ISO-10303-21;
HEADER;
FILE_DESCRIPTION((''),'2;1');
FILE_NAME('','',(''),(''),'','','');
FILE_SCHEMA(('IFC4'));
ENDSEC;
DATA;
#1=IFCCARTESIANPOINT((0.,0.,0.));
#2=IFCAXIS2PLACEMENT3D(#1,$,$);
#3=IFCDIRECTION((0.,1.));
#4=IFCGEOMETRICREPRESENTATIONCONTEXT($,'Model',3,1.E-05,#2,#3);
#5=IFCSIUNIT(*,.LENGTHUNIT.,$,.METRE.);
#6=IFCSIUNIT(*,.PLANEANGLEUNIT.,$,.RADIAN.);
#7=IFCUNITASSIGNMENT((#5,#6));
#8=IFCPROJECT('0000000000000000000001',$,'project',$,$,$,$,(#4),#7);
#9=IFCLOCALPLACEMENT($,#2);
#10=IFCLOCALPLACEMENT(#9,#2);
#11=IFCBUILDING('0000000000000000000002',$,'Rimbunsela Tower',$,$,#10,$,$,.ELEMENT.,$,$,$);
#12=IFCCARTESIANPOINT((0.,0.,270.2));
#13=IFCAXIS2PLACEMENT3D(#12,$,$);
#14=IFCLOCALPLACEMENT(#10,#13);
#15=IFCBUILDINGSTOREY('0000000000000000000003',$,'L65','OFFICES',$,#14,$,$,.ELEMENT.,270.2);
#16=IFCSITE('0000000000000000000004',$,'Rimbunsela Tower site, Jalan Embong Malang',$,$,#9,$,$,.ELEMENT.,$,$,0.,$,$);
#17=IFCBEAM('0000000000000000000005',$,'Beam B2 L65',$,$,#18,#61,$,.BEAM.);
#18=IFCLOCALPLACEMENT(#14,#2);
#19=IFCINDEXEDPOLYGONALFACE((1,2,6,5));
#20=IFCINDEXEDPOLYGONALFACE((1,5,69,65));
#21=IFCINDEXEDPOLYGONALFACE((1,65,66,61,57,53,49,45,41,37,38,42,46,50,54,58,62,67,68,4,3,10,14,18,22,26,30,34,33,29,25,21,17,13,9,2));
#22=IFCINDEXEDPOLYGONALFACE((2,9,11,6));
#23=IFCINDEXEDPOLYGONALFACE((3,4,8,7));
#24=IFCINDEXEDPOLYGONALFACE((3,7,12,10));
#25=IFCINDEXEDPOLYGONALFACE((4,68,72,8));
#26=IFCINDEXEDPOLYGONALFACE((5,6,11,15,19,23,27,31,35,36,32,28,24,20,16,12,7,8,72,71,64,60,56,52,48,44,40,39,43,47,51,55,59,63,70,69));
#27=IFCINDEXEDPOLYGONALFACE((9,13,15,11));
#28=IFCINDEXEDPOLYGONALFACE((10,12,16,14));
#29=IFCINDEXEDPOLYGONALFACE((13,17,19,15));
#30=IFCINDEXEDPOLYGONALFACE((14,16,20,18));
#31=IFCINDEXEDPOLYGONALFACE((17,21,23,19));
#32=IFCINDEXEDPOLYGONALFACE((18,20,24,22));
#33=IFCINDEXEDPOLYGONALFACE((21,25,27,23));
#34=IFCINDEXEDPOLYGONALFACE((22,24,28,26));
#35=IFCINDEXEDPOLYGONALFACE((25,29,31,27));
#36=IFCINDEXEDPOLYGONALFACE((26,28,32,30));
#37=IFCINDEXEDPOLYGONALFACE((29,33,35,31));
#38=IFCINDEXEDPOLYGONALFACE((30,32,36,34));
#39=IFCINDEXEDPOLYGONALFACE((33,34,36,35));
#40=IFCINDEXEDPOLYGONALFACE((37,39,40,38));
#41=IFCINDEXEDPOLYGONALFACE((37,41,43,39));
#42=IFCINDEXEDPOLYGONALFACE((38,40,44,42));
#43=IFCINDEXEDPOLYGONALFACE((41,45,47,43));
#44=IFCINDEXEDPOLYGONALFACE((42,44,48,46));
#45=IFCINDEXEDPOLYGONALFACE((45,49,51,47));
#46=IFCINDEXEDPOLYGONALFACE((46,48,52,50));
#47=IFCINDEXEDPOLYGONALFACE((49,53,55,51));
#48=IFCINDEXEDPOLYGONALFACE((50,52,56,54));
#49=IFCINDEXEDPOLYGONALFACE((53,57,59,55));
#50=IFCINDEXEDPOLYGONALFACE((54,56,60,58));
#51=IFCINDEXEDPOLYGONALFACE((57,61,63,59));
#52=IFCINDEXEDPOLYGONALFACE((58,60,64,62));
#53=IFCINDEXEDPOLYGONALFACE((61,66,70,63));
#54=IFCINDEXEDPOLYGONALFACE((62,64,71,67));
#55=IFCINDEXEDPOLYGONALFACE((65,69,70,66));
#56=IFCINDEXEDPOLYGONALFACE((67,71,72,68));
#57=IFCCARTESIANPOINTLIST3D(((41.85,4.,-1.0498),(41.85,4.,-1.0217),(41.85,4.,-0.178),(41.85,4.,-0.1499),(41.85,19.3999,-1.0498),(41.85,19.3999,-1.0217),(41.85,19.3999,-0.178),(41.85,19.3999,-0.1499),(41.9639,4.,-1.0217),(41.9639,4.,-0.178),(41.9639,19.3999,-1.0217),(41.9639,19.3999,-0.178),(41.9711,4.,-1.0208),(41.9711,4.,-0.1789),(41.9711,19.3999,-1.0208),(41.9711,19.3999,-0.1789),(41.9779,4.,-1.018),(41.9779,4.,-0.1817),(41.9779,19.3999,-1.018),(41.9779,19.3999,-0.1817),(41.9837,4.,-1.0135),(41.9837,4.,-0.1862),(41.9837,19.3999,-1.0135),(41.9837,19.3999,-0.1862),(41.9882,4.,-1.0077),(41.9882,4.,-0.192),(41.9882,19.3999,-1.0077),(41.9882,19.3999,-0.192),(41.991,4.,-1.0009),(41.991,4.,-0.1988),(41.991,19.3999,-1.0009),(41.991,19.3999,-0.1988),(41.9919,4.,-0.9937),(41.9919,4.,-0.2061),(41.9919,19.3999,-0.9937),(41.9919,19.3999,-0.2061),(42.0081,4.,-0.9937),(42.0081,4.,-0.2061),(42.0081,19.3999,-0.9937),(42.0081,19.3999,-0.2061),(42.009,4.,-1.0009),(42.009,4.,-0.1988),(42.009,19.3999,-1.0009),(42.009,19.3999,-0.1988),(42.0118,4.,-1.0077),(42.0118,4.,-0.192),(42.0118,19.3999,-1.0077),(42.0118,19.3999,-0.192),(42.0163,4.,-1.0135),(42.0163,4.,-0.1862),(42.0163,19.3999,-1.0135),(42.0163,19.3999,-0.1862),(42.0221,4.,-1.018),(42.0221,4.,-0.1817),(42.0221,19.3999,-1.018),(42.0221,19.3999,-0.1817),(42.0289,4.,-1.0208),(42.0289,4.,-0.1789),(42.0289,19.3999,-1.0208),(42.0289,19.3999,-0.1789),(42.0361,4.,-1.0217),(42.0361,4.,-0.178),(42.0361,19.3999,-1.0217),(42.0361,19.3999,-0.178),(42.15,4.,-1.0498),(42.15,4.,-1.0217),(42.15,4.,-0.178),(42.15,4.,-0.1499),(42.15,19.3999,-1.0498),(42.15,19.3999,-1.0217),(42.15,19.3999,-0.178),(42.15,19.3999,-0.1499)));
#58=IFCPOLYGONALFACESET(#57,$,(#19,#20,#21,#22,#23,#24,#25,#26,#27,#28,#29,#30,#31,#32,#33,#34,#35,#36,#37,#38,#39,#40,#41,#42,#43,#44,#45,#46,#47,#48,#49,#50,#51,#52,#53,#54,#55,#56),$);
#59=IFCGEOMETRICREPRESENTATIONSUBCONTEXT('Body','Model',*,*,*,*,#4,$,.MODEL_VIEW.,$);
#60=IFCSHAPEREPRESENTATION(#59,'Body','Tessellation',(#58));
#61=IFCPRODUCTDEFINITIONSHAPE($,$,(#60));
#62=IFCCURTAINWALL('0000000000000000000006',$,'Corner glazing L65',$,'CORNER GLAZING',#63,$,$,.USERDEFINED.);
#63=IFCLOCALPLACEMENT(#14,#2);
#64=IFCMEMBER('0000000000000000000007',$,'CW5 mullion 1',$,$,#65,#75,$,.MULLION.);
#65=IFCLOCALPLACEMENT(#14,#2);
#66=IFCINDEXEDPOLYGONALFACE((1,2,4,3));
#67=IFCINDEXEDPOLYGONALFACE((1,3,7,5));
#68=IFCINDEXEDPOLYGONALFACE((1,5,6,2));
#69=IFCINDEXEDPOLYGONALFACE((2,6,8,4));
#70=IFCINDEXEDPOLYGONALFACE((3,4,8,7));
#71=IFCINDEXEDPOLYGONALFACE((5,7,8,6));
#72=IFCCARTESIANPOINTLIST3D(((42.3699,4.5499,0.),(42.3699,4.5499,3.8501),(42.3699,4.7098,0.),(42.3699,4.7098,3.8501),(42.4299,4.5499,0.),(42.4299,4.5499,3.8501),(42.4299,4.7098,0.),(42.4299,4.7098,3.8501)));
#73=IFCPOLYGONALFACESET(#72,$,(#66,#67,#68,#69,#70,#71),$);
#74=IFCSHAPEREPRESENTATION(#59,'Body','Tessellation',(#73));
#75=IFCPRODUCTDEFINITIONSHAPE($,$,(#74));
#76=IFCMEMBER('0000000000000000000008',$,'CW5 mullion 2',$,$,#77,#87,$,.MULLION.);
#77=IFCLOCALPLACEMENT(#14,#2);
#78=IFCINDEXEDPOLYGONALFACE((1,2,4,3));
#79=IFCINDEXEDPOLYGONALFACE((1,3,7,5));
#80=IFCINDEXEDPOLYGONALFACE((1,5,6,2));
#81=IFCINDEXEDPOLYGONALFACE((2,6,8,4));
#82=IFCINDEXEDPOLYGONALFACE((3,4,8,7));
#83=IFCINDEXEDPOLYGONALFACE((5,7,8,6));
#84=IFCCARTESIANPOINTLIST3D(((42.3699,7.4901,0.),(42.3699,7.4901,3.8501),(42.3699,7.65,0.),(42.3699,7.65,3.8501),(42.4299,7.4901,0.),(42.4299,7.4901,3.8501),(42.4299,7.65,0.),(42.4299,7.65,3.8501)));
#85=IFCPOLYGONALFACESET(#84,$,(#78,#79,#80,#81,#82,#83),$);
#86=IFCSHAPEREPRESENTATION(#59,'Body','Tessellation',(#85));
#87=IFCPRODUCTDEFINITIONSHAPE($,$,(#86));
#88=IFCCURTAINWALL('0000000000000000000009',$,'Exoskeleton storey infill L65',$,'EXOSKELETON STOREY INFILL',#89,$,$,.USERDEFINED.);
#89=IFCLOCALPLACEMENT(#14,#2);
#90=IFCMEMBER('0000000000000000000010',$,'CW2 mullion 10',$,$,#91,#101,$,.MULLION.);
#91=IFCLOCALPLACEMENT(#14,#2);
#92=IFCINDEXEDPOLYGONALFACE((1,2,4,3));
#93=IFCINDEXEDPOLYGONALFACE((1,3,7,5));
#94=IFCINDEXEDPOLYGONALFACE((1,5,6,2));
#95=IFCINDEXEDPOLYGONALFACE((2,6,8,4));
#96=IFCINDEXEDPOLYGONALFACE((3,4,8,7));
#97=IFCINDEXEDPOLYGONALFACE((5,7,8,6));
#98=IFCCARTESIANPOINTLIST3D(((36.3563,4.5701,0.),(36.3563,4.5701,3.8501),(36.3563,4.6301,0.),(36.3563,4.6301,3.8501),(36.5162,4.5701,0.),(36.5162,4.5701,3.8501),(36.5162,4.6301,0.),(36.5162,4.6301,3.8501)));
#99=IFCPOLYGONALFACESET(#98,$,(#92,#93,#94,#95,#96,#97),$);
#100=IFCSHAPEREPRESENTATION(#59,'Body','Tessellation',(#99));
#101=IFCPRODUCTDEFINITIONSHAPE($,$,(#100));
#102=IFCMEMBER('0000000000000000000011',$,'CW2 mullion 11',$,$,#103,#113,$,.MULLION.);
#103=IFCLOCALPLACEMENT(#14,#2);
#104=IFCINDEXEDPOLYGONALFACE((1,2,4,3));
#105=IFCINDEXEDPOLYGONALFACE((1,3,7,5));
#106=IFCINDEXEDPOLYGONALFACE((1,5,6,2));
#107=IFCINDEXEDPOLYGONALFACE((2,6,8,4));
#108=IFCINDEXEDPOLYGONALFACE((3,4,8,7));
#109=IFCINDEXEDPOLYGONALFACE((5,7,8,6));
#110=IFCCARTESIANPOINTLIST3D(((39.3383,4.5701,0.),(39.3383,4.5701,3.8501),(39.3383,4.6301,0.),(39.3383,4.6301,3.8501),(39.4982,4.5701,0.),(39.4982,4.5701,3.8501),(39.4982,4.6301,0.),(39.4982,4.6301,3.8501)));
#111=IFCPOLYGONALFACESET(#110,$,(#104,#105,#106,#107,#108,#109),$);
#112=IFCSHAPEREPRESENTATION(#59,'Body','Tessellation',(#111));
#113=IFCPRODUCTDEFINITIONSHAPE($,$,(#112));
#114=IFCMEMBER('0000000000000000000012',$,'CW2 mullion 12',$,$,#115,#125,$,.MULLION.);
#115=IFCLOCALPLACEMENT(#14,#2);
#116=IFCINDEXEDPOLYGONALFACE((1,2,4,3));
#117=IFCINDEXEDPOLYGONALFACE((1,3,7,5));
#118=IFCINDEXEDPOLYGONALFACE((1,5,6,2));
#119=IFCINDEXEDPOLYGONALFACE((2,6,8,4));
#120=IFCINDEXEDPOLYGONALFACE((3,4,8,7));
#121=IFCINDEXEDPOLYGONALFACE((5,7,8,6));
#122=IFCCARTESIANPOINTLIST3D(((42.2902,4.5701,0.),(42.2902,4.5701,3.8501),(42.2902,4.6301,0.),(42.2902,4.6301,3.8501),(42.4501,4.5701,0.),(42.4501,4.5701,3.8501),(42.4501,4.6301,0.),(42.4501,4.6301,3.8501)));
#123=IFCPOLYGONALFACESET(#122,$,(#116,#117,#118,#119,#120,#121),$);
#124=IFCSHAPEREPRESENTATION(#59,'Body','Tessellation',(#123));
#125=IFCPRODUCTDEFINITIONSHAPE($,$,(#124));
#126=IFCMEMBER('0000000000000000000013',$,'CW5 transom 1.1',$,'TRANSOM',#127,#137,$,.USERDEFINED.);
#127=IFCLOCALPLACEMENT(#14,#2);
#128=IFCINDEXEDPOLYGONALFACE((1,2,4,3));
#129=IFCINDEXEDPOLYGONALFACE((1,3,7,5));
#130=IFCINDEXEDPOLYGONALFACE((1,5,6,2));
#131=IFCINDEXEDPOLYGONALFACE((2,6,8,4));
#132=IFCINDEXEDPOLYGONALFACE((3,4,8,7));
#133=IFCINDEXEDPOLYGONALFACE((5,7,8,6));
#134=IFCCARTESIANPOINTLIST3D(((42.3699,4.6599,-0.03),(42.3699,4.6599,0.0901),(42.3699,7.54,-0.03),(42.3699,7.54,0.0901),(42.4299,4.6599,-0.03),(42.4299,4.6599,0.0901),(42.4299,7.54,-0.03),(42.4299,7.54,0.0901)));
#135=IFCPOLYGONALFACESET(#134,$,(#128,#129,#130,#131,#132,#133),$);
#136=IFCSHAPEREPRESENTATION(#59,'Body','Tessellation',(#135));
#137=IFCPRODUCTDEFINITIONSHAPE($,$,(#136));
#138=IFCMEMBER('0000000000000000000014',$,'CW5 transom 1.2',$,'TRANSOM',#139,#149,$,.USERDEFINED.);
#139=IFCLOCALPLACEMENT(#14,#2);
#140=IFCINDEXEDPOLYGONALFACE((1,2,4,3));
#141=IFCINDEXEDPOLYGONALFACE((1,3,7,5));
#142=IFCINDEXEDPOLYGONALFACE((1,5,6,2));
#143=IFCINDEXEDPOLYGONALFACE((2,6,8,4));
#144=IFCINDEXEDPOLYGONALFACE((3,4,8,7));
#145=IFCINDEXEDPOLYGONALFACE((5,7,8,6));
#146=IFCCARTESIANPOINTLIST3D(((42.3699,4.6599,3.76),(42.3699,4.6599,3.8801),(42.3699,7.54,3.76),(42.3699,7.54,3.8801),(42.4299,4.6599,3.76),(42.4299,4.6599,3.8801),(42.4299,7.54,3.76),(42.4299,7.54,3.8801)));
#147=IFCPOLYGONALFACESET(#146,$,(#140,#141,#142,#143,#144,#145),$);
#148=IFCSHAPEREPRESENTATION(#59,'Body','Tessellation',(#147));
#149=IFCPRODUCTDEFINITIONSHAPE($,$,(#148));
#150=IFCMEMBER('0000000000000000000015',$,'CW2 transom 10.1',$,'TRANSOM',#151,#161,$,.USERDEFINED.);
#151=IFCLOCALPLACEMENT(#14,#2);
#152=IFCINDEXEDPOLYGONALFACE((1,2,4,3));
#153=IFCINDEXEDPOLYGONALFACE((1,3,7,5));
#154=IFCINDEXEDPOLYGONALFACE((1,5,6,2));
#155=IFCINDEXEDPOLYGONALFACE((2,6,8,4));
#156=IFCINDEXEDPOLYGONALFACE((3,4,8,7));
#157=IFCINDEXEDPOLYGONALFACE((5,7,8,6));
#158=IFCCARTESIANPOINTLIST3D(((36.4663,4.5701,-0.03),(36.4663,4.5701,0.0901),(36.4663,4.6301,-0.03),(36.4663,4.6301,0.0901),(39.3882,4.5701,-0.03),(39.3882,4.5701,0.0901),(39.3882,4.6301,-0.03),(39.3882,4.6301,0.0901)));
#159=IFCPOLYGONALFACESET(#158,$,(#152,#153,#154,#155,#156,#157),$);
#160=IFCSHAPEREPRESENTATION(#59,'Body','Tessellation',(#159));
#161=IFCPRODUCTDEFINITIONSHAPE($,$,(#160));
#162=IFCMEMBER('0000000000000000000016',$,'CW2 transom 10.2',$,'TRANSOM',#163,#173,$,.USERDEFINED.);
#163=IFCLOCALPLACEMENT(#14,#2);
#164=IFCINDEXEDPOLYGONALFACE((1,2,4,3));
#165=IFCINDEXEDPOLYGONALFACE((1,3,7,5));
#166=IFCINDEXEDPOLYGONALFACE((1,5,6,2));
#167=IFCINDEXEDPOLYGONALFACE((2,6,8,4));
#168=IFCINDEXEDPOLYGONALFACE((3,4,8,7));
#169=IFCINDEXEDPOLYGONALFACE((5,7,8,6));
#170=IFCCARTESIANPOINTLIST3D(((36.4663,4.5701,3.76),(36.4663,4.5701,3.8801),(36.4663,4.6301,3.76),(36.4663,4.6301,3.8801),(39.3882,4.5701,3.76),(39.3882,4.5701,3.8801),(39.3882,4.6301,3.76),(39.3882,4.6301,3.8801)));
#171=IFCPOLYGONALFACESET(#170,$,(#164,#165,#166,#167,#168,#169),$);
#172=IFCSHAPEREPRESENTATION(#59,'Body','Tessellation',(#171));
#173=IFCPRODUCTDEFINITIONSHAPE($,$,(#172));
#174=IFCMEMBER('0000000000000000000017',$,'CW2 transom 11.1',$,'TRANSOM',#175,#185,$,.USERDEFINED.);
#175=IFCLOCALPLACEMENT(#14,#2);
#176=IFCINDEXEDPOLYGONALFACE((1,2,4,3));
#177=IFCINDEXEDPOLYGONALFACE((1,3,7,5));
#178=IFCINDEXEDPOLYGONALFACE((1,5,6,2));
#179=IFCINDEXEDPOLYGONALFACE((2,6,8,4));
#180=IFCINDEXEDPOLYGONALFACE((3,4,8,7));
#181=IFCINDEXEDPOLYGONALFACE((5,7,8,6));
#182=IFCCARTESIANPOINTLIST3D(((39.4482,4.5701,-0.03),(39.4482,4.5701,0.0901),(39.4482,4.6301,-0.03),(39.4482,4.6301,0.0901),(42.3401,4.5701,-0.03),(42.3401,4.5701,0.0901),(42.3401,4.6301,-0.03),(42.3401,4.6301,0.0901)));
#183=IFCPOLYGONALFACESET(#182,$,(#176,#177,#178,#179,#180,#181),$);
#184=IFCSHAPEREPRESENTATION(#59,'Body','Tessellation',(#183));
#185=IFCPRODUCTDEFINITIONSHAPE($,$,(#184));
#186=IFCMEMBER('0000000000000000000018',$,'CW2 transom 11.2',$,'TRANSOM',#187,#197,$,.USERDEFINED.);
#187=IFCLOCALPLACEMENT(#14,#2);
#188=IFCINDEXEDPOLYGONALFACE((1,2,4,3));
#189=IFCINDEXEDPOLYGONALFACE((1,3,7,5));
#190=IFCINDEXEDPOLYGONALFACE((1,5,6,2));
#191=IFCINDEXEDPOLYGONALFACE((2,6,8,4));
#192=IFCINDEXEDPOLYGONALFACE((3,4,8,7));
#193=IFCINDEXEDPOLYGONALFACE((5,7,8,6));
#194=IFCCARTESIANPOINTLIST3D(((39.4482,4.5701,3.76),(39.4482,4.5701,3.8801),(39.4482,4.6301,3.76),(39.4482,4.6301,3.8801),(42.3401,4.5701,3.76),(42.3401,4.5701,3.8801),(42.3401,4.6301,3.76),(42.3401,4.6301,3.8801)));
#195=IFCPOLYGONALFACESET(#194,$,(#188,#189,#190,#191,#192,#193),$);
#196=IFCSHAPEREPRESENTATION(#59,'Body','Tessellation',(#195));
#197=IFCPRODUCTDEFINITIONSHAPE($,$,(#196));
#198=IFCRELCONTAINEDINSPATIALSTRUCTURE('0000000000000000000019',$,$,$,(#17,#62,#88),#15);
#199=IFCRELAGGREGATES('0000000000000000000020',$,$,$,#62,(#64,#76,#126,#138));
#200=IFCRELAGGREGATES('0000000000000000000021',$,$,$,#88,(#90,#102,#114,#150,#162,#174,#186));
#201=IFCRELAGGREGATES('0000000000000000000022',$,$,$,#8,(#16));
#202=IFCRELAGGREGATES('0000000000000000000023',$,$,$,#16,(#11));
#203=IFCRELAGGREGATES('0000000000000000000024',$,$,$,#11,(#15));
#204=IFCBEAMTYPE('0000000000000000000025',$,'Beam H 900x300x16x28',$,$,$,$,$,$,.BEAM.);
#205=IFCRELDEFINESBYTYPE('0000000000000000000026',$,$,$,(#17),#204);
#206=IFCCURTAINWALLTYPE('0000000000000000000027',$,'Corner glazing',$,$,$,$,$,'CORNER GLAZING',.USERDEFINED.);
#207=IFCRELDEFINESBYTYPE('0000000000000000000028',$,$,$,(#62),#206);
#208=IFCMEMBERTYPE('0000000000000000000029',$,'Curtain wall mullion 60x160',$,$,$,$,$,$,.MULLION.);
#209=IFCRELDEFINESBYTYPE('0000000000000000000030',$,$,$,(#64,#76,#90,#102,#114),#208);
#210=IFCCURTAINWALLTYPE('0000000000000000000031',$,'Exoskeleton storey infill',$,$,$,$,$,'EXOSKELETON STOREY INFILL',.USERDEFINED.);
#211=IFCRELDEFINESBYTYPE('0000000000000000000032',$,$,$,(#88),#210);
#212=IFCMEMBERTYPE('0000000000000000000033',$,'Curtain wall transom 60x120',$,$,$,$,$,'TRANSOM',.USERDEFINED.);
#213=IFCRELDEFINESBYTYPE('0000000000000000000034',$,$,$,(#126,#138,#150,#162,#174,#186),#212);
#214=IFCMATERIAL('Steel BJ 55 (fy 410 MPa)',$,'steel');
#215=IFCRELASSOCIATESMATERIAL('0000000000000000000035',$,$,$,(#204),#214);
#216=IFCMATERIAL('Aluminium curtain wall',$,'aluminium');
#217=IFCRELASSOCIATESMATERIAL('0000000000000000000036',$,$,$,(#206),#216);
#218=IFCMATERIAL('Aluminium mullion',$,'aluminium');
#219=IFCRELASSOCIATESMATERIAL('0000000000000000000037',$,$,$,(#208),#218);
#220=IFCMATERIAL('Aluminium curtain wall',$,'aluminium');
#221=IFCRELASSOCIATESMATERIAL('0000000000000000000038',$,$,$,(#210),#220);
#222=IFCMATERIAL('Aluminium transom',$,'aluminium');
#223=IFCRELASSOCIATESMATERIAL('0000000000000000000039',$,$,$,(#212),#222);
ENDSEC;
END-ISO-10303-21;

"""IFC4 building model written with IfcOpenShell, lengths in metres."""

from ifc_helpers import new_model, si_unit, direction, frame, origin, origin_2d, place, context, subcontext, project, spatial, rectangle, i_section, extrude, material, material_profile, profile_set, type_object, element, aggregate, save


model = new_model("IFC4")

# Units and contexts
model_context = context("Model", 3, precision=1e-05, world=origin(), true_north=direction((0.0, 1.0)))
body_context = subcontext(model_context, "Body", "Model", "MODEL_VIEW")
ifc_project = project(units=[si_unit("LENGTHUNIT", "METRE"), si_unit("PLANEANGLEUNIT", "RADIAN")], contexts=[model_context])

# Site, building, storey
site_placement = place(None, origin())
site = spatial("IfcSite", under=ifc_project, at=site_placement, Name="Rimbunsela Tower site, Jalan Embong Malang", CompositionType="ELEMENT", RefElevation=0.0)
building_placement = place(site_placement, origin())
building = spatial("IfcBuilding", under=site, at=building_placement, Name="Rimbunsela Tower", CompositionType="ELEMENT")
storey_placement = place(building_placement, frame((0.0, 0.0, 270.2)))
storey = spatial("IfcBuildingStorey", under=building, at=storey_placement, Name="L65", Description="OFFICES", CompositionType="ELEMENT", Elevation=270.2)

# Beam
ifc_material_1 = material(Name="Steel BJ 55 (fy 410 MPa)", Category="steel")
ifc_material_profile_1 = material_profile(ifc_material_1, i_section(OverallWidth=0.3, OverallDepth=0.8999, WebThickness=0.0161, FlangeThickness=0.0281, FilletRadius=0.0281, at=origin_2d()), Name="H 900x300x16x28")
ifc_profile_set_1 = profile_set([ifc_material_profile_1], Name="Steel BJ 55 (fy 410 MPa)")
beam_type_1 = type_object("IfcBeamType", Name="Beam H 900x300x16x28", PredefinedType="BEAM", material=ifc_profile_set_1)
for number, where, z_axis, x_axis, name in (
    (1, (42.0, 4.0, -0.5999), (0.0, 1.0, 0.0), (-1.0, 0.0, 0.0), "Beam B2 L65"),
):
    element("IfcBeam", number, at=place(storey_placement, frame(where, z_axis=z_axis, x_axis=x_axis)), inside=storey, type_object=beam_type_1, Name=name, PredefinedType="BEAM", context=body_context, shape_type="SweptSolid", body=[
        extrude(i_section(OverallWidth=0.3, OverallDepth=0.8999, WebThickness=0.0161, FlangeThickness=0.0281, FilletRadius=0.0281, at=origin_2d()), origin(), (0.0, 0.0, 1.0), 15.3999),
    ])

# Curtain walls, members
ifc_material_2 = material(Name="Aluminium curtain wall", Category="aluminium")
curtain_wall_type_1 = type_object("IfcCurtainWallType", Name="Corner glazing", ElementType="CORNER GLAZING", PredefinedType="USERDEFINED", material=ifc_material_2)
curtain_wall_1_placement = place(storey_placement, origin())
curtain_wall_1 = element("IfcCurtainWall", 2, at=curtain_wall_1_placement, inside=storey, type_object=curtain_wall_type_1, Name="Corner glazing L65", ObjectType="CORNER GLAZING", PredefinedType="USERDEFINED")
ifc_material_3 = material(Name="Aluminium mullion", Category="aluminium")
ifc_material_profile_2 = material_profile(ifc_material_3, rectangle(XDim=0.0601, YDim=0.1599, at=origin_2d()), Name="Mullion 60x160")
ifc_profile_set_2 = profile_set([ifc_material_profile_2], Name="Aluminium mullion")
member_type_1 = type_object("IfcMemberType", Name="Curtain wall mullion 60x160", PredefinedType="MULLION", material=ifc_profile_set_2)
member_1_placement = place(storey_placement, frame((42.3999, 4.6299, 0.0), z_axis=(0.0, 0.0, 1.0), x_axis=(-1.0, 0.0, 0.0)))
member_1 = element("IfcMember", 3, at=member_1_placement, type_object=member_type_1, Name="CW5 mullion 1", PredefinedType="MULLION", context=body_context, shape_type="SweptSolid", body=[
    extrude(rectangle(XDim=0.0601, YDim=0.1599, at=origin_2d()), origin(), (0.0, 0.0, 1.0), 3.8501),
])
member_2_placement = place(storey_placement, frame((42.3999, 7.5701, 0.0), z_axis=(0.0, 0.0, 1.0), x_axis=(-1.0, 0.0, 0.0)))
member_2 = element("IfcMember", 4, at=member_2_placement, type_object=member_type_1, Name="CW5 mullion 2", PredefinedType="MULLION", context=body_context, shape_type="SweptSolid", body=[
    extrude(rectangle(XDim=0.0601, YDim=0.1599, at=origin_2d()), origin(), (0.0, 0.0, 1.0), 3.8501),
])
ifc_material_4 = material(Name="Aluminium curtain wall", Category="aluminium")
curtain_wall_type_2 = type_object("IfcCurtainWallType", Name="Exoskeleton storey infill", ElementType="EXOSKELETON STOREY INFILL", PredefinedType="USERDEFINED", material=ifc_material_4)
curtain_wall_2_placement = place(storey_placement, origin())
curtain_wall_2 = element("IfcCurtainWall", 5, at=curtain_wall_2_placement, inside=storey, type_object=curtain_wall_type_2, Name="Exoskeleton storey infill L65", ObjectType="EXOSKELETON STOREY INFILL", PredefinedType="USERDEFINED")
member_3_placement = place(storey_placement, frame((36.4363, 4.6001, 0.0), z_axis=(0.0, 0.0, 1.0), x_axis=(0.0, 1.0, 0.0)))
member_3 = element("IfcMember", 6, at=member_3_placement, type_object=member_type_1, Name="CW2 mullion 10", PredefinedType="MULLION", context=body_context, shape_type="SweptSolid", body=[
    extrude(rectangle(XDim=0.0601, YDim=0.1599, at=origin_2d()), origin(), (0.0, 0.0, 1.0), 3.8501),
])
member_4_placement = place(storey_placement, frame((39.4182, 4.6001, 0.0), z_axis=(0.0, 0.0, 1.0), x_axis=(0.0, 1.0, 0.0)))
member_4 = element("IfcMember", 7, at=member_4_placement, type_object=member_type_1, Name="CW2 mullion 11", PredefinedType="MULLION", context=body_context, shape_type="SweptSolid", body=[
    extrude(rectangle(XDim=0.0601, YDim=0.1599, at=origin_2d()), origin(), (0.0, 0.0, 1.0), 3.8501),
])
member_5_placement = place(storey_placement, frame((42.3701, 4.6001, 0.0), z_axis=(0.0, 0.0, 1.0), x_axis=(0.0, 1.0, 0.0)))
member_5 = element("IfcMember", 8, at=member_5_placement, type_object=member_type_1, Name="CW2 mullion 12", PredefinedType="MULLION", context=body_context, shape_type="SweptSolid", body=[
    extrude(rectangle(XDim=0.0601, YDim=0.1599, at=origin_2d()), origin(), (0.0, 0.0, 1.0), 3.8501),
])

# Members
ifc_material_5 = material(Name="Aluminium transom", Category="aluminium")
ifc_material_profile_3 = material_profile(ifc_material_5, rectangle(XDim=0.0601, YDim=0.1201, at=origin_2d()), Name="Transom 60x120")
ifc_profile_set_3 = profile_set([ifc_material_profile_3], Name="Aluminium transom")
member_type_2 = type_object("IfcMemberType", Name="Curtain wall transom 60x120", ElementType="TRANSOM", PredefinedType="USERDEFINED", material=ifc_profile_set_3)
member_6_placement = place(storey_placement, frame((42.3999, 4.6599, 0.03), z_axis=(0.0, 1.0, 0.0), x_axis=(-1.0, 0.0, 0.0)))
member_6 = element("IfcMember", 9, at=member_6_placement, type_object=member_type_2, Name="CW5 transom 1.1", ObjectType="TRANSOM", PredefinedType="USERDEFINED", context=body_context, shape_type="SweptSolid", body=[
    extrude(rectangle(XDim=0.0601, YDim=0.1201, at=origin_2d()), origin(), (0.0, 0.0, 1.0), 2.8801),
])
member_7_placement = place(storey_placement, frame((42.3999, 4.6599, 3.8201), z_axis=(0.0, 1.0, 0.0), x_axis=(-1.0, 0.0, 0.0)))
member_7 = element("IfcMember", 10, at=member_7_placement, type_object=member_type_2, Name="CW5 transom 1.2", ObjectType="TRANSOM", PredefinedType="USERDEFINED", context=body_context, shape_type="SweptSolid", body=[
    extrude(rectangle(XDim=0.0601, YDim=0.1201, at=origin_2d()), origin(), (0.0, 0.0, 1.0), 2.8801),
])
member_8_placement = place(storey_placement, frame((36.4663, 4.6001, 0.03), z_axis=(1.0, 0.0, 0.0), x_axis=(0.0, 1.0, 0.0)))
member_8 = element("IfcMember", 11, at=member_8_placement, type_object=member_type_2, Name="CW2 transom 10.1", ObjectType="TRANSOM", PredefinedType="USERDEFINED", context=body_context, shape_type="SweptSolid", body=[
    extrude(rectangle(XDim=0.0601, YDim=0.1201, at=origin_2d()), origin(), (0.0, 0.0, 1.0), 2.9219),
])
member_9_placement = place(storey_placement, frame((36.4663, 4.6001, 3.8201), z_axis=(1.0, 0.0, 0.0), x_axis=(0.0, 1.0, 0.0)))
member_9 = element("IfcMember", 12, at=member_9_placement, type_object=member_type_2, Name="CW2 transom 10.2", ObjectType="TRANSOM", PredefinedType="USERDEFINED", context=body_context, shape_type="SweptSolid", body=[
    extrude(rectangle(XDim=0.0601, YDim=0.1201, at=origin_2d()), origin(), (0.0, 0.0, 1.0), 2.9219),
])
member_10_placement = place(storey_placement, frame((39.4482, 4.6001, 0.03), z_axis=(1.0, 0.0, 0.0), x_axis=(0.0, 1.0, 0.0)))
member_10 = element("IfcMember", 13, at=member_10_placement, type_object=member_type_2, Name="CW2 transom 11.1", ObjectType="TRANSOM", PredefinedType="USERDEFINED", context=body_context, shape_type="SweptSolid", body=[
    extrude(rectangle(XDim=0.0601, YDim=0.1201, at=origin_2d()), origin(), (0.0, 0.0, 1.0), 2.8918),
])
member_11_placement = place(storey_placement, frame((39.4482, 4.6001, 3.8201), z_axis=(1.0, 0.0, 0.0), x_axis=(0.0, 1.0, 0.0)))
member_11 = element("IfcMember", 14, at=member_11_placement, type_object=member_type_2, Name="CW2 transom 11.2", ObjectType="TRANSOM", PredefinedType="USERDEFINED", context=body_context, shape_type="SweptSolid", body=[
    extrude(rectangle(XDim=0.0601, YDim=0.1201, at=origin_2d()), origin(), (0.0, 0.0, 1.0), 2.8918),
])

aggregate(curtain_wall_1, [member_1, member_2, member_6, member_7])
aggregate(curtain_wall_2, [member_3, member_4, member_5, member_8, member_9, member_10, member_11])

save(model, "model.ifc")
